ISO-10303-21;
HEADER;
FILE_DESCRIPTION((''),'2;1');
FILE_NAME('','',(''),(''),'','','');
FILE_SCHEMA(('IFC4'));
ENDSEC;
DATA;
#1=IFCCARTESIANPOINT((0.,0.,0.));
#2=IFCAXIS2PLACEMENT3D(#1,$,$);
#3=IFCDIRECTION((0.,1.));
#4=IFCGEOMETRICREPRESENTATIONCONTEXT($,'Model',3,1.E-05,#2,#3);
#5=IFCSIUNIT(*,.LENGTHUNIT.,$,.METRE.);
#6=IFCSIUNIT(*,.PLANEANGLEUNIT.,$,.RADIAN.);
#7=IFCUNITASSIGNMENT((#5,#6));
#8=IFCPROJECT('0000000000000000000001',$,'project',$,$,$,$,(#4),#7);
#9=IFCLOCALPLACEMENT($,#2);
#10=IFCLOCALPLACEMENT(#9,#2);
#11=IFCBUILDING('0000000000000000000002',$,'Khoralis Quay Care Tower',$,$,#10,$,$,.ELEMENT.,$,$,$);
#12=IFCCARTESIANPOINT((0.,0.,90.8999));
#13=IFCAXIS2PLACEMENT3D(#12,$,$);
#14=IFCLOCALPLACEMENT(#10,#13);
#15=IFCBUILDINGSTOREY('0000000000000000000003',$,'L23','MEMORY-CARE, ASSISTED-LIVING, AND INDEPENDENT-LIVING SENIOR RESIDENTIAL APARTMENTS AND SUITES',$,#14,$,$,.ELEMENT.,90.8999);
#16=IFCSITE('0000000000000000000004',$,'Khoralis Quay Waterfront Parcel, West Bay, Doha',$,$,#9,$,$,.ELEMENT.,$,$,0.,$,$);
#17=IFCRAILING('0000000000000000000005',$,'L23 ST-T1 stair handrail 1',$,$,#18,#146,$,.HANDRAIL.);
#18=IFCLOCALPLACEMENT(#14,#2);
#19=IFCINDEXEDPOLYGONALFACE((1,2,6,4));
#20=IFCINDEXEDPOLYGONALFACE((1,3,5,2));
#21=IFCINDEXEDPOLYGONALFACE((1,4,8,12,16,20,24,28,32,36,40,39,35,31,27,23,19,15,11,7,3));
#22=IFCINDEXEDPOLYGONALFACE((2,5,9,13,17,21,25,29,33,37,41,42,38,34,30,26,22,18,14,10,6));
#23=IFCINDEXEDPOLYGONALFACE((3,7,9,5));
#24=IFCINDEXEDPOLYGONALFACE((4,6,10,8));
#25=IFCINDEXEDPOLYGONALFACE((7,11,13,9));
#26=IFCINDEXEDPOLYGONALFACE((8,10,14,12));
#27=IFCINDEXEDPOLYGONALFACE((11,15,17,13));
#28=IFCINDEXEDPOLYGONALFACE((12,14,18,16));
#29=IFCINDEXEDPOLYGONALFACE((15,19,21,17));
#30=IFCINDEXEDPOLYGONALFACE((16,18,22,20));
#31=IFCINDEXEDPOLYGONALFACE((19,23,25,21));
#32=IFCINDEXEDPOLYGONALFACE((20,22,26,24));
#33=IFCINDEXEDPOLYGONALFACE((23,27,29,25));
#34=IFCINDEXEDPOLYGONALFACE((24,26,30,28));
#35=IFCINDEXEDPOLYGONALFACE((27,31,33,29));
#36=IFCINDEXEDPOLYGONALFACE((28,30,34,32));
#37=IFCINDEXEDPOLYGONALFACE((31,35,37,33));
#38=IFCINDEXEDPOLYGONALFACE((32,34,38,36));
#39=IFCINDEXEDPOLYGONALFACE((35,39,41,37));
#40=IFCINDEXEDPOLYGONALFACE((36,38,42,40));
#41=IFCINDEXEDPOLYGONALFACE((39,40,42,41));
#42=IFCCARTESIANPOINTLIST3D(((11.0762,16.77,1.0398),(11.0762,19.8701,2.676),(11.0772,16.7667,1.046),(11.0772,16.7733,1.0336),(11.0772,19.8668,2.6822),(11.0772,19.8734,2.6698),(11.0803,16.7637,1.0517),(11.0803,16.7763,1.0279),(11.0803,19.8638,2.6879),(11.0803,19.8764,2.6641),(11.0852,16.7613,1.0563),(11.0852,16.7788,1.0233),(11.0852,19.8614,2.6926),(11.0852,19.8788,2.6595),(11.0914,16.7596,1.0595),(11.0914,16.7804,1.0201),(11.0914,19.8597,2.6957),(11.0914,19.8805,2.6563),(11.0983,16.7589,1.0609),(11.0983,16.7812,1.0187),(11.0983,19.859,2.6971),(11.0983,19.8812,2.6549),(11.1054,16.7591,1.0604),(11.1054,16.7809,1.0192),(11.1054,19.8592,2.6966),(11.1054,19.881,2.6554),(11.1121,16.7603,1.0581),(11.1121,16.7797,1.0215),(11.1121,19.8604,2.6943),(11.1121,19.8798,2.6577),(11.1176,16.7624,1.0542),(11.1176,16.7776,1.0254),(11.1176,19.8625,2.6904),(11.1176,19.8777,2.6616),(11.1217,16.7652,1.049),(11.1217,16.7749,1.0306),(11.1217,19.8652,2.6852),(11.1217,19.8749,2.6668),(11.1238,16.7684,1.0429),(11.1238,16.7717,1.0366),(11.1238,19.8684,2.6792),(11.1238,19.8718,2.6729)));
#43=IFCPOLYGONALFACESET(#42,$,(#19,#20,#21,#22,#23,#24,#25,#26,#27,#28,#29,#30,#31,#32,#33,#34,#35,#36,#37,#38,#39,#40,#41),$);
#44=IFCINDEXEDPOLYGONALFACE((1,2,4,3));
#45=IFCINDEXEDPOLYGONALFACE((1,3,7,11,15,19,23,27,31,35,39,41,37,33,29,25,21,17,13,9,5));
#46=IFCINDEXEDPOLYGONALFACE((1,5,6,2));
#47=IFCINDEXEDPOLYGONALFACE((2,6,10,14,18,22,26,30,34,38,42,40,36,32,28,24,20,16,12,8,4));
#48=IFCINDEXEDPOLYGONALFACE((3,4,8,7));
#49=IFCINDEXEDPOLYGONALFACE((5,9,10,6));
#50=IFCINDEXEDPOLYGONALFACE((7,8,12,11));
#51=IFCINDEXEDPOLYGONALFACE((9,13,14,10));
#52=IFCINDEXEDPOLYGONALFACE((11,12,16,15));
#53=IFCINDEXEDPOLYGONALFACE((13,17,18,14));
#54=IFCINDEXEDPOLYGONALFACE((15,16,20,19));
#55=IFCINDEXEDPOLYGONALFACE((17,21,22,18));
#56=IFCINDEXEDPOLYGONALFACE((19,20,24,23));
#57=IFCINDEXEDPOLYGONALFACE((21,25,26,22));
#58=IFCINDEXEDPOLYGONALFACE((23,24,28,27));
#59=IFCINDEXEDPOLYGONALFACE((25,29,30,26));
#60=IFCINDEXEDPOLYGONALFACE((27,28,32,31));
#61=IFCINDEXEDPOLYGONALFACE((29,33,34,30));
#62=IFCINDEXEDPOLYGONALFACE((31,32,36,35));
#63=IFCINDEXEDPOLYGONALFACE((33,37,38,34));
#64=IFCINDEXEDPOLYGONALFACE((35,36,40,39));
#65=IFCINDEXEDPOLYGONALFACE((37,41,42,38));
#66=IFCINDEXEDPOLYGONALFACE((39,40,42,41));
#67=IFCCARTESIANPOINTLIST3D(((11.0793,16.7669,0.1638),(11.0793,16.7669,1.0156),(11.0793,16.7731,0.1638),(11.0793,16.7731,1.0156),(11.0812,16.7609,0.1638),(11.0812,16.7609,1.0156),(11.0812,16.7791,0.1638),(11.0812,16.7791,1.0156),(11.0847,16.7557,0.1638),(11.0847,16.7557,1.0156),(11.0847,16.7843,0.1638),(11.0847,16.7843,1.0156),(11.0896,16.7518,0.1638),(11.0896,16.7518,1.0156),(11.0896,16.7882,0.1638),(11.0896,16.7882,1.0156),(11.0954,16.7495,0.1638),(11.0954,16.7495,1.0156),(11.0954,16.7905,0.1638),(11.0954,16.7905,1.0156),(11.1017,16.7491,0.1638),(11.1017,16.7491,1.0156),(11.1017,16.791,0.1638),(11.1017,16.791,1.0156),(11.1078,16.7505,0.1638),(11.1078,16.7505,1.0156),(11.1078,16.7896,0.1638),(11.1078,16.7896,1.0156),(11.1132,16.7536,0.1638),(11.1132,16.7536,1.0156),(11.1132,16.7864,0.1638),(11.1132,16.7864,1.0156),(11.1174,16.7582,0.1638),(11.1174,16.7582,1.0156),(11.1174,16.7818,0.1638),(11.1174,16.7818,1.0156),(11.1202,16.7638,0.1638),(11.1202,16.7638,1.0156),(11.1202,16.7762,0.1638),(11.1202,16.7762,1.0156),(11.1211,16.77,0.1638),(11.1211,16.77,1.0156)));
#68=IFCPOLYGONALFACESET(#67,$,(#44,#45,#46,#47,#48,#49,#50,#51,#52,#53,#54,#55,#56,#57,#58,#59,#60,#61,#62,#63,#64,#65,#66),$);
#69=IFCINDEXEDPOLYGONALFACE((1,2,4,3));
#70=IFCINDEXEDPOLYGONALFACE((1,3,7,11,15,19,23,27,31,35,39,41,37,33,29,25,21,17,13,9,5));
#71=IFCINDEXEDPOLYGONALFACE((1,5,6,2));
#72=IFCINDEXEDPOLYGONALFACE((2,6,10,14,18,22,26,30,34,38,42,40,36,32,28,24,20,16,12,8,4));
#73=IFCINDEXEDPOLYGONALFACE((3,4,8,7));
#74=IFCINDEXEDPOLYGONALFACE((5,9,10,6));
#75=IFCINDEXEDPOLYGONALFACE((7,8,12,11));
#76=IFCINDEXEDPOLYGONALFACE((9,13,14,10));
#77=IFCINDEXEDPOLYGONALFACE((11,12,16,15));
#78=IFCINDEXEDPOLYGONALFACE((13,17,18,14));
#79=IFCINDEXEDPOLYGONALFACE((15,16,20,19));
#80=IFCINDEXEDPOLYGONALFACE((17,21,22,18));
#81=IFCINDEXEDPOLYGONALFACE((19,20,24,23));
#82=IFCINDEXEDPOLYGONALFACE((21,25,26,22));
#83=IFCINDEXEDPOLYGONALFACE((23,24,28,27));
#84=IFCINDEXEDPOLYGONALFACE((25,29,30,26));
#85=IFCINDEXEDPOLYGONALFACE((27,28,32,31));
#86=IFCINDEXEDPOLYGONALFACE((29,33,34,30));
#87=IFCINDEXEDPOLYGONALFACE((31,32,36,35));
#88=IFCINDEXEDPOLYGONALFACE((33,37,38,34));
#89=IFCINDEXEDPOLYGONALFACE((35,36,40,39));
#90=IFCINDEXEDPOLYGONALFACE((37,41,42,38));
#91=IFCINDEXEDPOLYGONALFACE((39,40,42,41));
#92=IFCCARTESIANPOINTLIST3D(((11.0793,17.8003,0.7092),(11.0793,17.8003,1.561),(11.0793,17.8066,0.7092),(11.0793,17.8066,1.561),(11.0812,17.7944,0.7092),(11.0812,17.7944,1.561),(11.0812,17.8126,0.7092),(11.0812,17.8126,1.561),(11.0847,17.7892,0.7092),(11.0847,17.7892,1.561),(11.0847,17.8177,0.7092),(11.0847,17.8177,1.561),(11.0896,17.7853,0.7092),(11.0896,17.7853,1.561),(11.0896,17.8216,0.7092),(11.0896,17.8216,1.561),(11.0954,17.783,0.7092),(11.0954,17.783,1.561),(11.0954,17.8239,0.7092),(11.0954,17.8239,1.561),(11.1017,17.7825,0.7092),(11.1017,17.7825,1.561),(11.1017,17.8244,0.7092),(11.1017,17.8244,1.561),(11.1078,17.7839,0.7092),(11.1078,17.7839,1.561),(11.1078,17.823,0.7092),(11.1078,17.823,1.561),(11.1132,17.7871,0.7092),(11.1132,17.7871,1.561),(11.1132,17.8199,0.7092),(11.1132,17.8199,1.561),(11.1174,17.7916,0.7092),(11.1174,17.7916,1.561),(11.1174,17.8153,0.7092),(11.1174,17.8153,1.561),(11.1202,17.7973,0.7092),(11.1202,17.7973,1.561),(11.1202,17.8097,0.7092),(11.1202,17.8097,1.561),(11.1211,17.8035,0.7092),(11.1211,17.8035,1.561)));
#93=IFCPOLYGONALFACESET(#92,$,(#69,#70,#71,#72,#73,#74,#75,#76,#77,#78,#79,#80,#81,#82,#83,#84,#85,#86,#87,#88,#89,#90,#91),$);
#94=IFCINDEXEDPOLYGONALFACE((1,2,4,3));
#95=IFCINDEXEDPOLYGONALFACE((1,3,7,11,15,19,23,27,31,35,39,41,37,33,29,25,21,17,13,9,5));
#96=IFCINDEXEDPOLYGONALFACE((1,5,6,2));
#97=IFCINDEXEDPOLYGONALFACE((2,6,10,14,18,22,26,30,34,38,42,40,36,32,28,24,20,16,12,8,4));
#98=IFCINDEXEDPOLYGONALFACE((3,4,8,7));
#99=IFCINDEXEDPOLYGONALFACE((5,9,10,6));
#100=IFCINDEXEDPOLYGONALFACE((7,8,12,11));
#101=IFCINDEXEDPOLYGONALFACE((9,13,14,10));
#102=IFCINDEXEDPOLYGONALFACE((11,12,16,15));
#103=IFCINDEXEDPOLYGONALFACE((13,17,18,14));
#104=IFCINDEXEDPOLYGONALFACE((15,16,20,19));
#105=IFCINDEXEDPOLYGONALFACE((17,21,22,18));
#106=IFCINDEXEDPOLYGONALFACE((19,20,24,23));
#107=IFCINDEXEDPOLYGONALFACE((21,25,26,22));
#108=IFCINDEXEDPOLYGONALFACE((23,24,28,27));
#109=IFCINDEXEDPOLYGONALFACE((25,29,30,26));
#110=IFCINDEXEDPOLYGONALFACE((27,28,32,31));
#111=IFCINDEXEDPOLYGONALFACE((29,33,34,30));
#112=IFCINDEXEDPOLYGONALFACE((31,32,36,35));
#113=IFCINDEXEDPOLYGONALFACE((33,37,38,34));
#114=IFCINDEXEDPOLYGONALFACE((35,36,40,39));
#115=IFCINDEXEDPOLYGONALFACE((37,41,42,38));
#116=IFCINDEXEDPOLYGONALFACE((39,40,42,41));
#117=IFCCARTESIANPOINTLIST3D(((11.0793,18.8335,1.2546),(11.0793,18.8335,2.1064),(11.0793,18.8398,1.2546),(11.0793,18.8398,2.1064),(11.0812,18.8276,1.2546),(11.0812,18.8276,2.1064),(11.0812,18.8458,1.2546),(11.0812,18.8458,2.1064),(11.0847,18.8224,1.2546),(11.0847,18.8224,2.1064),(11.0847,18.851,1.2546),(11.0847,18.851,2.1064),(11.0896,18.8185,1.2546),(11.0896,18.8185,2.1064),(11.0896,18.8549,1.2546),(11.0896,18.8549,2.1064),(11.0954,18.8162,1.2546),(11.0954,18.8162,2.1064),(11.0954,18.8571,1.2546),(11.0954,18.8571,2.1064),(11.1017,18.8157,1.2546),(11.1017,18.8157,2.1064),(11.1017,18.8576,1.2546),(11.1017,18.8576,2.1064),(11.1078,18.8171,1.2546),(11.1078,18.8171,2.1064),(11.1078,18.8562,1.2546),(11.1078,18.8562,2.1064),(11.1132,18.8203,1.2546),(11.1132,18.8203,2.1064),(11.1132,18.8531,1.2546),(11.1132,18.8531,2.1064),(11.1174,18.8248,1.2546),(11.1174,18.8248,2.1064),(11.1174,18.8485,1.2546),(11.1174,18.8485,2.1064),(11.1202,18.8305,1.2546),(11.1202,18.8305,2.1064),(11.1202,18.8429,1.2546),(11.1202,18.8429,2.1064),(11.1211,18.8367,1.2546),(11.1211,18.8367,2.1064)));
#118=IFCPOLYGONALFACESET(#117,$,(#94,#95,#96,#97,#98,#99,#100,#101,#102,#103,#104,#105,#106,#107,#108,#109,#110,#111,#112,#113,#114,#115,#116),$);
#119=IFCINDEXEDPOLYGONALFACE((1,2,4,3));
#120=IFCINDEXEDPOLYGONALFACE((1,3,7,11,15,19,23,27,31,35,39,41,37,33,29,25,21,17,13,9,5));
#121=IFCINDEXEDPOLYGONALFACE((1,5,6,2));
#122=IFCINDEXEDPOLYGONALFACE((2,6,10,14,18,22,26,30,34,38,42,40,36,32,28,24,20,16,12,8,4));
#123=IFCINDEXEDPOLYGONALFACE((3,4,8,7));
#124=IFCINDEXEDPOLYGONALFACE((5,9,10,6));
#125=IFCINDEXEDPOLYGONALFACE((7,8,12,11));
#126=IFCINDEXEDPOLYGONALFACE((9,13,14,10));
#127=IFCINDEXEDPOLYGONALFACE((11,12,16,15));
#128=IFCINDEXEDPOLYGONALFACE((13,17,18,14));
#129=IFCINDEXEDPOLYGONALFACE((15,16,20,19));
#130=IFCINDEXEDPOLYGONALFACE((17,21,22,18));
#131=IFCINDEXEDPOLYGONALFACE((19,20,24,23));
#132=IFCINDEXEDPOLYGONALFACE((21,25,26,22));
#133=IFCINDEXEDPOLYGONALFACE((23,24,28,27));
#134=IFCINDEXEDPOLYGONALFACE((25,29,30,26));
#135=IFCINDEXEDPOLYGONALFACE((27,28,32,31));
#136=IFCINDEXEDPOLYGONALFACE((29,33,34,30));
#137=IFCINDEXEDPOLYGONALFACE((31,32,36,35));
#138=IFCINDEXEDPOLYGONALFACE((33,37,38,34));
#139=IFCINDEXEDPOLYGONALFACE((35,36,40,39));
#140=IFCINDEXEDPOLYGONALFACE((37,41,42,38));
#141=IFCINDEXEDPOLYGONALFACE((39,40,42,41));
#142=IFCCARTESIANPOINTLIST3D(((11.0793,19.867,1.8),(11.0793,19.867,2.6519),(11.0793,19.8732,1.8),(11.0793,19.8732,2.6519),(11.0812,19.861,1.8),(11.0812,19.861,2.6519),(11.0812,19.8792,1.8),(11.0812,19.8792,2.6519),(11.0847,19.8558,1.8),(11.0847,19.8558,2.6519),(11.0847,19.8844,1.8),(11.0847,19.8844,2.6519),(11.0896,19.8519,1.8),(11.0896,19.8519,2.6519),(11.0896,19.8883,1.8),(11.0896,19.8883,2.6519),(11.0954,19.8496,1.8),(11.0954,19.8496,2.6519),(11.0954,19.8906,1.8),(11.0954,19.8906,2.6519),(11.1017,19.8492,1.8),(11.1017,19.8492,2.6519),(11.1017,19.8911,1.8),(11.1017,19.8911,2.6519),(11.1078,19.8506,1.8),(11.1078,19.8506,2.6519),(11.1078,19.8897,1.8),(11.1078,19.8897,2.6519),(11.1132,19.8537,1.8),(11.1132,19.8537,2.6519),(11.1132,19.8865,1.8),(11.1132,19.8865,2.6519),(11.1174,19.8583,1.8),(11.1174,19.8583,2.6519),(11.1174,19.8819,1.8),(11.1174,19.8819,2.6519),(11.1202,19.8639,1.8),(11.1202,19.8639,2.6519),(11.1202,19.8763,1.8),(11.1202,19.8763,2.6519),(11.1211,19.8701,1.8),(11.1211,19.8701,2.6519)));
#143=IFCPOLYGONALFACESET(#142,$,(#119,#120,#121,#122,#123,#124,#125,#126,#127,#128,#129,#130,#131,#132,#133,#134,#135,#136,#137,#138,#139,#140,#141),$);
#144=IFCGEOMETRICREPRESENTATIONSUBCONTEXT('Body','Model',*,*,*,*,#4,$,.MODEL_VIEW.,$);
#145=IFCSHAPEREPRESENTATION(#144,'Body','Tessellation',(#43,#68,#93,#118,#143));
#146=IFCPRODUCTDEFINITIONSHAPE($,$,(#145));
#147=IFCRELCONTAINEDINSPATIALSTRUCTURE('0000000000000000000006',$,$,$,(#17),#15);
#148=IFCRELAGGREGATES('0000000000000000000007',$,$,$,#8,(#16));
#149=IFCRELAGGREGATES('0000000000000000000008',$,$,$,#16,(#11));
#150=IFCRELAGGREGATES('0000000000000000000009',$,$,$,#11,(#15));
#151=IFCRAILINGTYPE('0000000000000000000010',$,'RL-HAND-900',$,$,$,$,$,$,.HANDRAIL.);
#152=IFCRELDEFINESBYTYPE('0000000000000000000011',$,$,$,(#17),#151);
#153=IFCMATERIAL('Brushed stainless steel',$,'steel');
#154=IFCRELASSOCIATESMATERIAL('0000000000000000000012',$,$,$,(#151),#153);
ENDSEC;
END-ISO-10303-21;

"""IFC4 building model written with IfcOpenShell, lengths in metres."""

from ifc_helpers import new_model, si_unit, direction, frame, origin, origin_2d, place, context, subcontext, project, spatial, circle, extrude, material, type_object, element, save


model = new_model("IFC4")

# Units and contexts
model_context = context("Model", 3, precision=1e-05, world=origin(), true_north=direction((0.0, 1.0)))
body_context = subcontext(model_context, "Body", "Model", "MODEL_VIEW")
ifc_project = project(units=[si_unit("LENGTHUNIT", "METRE"), si_unit("PLANEANGLEUNIT", "RADIAN")], contexts=[model_context])

# Site, building, storey
site_placement = place(None, origin())
site = spatial("IfcSite", under=ifc_project, at=site_placement, Name="Khoralis Quay Waterfront Parcel, West Bay, Doha", CompositionType="ELEMENT", RefElevation=0.0)
building_placement = place(site_placement, origin())
building = spatial("IfcBuilding", under=site, at=building_placement, Name="Khoralis Quay Care Tower", CompositionType="ELEMENT")
storey_placement = place(building_placement, frame((0.0, 0.0, 90.8999)))
storey = spatial("IfcBuildingStorey", under=building, at=storey_placement, Name="L23", Description="MEMORY-CARE, ASSISTED-LIVING, AND INDEPENDENT-LIVING SENIOR RESIDENTIAL APARTMENTS AND SUITES", CompositionType="ELEMENT", Elevation=90.8999)

# Shared definitions
ifc_material_1 = material(Name="Brushed stainless steel", Category="steel")

# Railing
railing_type_1 = type_object("IfcRailingType", Name="RL-HAND-900", PredefinedType="HANDRAIL", material=ifc_material_1)
railing_1_placement = place(storey_placement, frame((11.1001, 16.77, 0.1638)))
element("IfcRailing", 1, at=railing_1_placement, inside=storey, type_object=railing_type_1, Name="L23 ST-T1 stair handrail 1", PredefinedType="HANDRAIL", context=body_context, shape_type="SweptSolid", body=[
    extrude(circle(Radius=0.0239, at=origin_2d()), frame((0.0, 0.0, 0.876), z_axis=(0.0, 0.884377, 0.466774), x_axis=(-1.0, 0.0, 0.0)), (0.0, 0.0, 1.0), 3.5054),
    extrude(circle(Radius=0.021, at=origin_2d()), origin(), (0.0, 0.0, 1.0), 0.8518),
    extrude(circle(Radius=0.021, at=origin_2d()), frame((0.0, 1.0334, 0.5454)), (0.0, 0.0, 1.0), 0.8518),
    extrude(circle(Radius=0.021, at=origin_2d()), frame((0.0, 2.0667, 1.0908)), (0.0, 0.0, 1.0), 0.8518),
    extrude(circle(Radius=0.021, at=origin_2d()), frame((0.0, 3.1001, 1.6362)), (0.0, 0.0, 1.0), 0.8518),
])

save(model, "model.ifc")
